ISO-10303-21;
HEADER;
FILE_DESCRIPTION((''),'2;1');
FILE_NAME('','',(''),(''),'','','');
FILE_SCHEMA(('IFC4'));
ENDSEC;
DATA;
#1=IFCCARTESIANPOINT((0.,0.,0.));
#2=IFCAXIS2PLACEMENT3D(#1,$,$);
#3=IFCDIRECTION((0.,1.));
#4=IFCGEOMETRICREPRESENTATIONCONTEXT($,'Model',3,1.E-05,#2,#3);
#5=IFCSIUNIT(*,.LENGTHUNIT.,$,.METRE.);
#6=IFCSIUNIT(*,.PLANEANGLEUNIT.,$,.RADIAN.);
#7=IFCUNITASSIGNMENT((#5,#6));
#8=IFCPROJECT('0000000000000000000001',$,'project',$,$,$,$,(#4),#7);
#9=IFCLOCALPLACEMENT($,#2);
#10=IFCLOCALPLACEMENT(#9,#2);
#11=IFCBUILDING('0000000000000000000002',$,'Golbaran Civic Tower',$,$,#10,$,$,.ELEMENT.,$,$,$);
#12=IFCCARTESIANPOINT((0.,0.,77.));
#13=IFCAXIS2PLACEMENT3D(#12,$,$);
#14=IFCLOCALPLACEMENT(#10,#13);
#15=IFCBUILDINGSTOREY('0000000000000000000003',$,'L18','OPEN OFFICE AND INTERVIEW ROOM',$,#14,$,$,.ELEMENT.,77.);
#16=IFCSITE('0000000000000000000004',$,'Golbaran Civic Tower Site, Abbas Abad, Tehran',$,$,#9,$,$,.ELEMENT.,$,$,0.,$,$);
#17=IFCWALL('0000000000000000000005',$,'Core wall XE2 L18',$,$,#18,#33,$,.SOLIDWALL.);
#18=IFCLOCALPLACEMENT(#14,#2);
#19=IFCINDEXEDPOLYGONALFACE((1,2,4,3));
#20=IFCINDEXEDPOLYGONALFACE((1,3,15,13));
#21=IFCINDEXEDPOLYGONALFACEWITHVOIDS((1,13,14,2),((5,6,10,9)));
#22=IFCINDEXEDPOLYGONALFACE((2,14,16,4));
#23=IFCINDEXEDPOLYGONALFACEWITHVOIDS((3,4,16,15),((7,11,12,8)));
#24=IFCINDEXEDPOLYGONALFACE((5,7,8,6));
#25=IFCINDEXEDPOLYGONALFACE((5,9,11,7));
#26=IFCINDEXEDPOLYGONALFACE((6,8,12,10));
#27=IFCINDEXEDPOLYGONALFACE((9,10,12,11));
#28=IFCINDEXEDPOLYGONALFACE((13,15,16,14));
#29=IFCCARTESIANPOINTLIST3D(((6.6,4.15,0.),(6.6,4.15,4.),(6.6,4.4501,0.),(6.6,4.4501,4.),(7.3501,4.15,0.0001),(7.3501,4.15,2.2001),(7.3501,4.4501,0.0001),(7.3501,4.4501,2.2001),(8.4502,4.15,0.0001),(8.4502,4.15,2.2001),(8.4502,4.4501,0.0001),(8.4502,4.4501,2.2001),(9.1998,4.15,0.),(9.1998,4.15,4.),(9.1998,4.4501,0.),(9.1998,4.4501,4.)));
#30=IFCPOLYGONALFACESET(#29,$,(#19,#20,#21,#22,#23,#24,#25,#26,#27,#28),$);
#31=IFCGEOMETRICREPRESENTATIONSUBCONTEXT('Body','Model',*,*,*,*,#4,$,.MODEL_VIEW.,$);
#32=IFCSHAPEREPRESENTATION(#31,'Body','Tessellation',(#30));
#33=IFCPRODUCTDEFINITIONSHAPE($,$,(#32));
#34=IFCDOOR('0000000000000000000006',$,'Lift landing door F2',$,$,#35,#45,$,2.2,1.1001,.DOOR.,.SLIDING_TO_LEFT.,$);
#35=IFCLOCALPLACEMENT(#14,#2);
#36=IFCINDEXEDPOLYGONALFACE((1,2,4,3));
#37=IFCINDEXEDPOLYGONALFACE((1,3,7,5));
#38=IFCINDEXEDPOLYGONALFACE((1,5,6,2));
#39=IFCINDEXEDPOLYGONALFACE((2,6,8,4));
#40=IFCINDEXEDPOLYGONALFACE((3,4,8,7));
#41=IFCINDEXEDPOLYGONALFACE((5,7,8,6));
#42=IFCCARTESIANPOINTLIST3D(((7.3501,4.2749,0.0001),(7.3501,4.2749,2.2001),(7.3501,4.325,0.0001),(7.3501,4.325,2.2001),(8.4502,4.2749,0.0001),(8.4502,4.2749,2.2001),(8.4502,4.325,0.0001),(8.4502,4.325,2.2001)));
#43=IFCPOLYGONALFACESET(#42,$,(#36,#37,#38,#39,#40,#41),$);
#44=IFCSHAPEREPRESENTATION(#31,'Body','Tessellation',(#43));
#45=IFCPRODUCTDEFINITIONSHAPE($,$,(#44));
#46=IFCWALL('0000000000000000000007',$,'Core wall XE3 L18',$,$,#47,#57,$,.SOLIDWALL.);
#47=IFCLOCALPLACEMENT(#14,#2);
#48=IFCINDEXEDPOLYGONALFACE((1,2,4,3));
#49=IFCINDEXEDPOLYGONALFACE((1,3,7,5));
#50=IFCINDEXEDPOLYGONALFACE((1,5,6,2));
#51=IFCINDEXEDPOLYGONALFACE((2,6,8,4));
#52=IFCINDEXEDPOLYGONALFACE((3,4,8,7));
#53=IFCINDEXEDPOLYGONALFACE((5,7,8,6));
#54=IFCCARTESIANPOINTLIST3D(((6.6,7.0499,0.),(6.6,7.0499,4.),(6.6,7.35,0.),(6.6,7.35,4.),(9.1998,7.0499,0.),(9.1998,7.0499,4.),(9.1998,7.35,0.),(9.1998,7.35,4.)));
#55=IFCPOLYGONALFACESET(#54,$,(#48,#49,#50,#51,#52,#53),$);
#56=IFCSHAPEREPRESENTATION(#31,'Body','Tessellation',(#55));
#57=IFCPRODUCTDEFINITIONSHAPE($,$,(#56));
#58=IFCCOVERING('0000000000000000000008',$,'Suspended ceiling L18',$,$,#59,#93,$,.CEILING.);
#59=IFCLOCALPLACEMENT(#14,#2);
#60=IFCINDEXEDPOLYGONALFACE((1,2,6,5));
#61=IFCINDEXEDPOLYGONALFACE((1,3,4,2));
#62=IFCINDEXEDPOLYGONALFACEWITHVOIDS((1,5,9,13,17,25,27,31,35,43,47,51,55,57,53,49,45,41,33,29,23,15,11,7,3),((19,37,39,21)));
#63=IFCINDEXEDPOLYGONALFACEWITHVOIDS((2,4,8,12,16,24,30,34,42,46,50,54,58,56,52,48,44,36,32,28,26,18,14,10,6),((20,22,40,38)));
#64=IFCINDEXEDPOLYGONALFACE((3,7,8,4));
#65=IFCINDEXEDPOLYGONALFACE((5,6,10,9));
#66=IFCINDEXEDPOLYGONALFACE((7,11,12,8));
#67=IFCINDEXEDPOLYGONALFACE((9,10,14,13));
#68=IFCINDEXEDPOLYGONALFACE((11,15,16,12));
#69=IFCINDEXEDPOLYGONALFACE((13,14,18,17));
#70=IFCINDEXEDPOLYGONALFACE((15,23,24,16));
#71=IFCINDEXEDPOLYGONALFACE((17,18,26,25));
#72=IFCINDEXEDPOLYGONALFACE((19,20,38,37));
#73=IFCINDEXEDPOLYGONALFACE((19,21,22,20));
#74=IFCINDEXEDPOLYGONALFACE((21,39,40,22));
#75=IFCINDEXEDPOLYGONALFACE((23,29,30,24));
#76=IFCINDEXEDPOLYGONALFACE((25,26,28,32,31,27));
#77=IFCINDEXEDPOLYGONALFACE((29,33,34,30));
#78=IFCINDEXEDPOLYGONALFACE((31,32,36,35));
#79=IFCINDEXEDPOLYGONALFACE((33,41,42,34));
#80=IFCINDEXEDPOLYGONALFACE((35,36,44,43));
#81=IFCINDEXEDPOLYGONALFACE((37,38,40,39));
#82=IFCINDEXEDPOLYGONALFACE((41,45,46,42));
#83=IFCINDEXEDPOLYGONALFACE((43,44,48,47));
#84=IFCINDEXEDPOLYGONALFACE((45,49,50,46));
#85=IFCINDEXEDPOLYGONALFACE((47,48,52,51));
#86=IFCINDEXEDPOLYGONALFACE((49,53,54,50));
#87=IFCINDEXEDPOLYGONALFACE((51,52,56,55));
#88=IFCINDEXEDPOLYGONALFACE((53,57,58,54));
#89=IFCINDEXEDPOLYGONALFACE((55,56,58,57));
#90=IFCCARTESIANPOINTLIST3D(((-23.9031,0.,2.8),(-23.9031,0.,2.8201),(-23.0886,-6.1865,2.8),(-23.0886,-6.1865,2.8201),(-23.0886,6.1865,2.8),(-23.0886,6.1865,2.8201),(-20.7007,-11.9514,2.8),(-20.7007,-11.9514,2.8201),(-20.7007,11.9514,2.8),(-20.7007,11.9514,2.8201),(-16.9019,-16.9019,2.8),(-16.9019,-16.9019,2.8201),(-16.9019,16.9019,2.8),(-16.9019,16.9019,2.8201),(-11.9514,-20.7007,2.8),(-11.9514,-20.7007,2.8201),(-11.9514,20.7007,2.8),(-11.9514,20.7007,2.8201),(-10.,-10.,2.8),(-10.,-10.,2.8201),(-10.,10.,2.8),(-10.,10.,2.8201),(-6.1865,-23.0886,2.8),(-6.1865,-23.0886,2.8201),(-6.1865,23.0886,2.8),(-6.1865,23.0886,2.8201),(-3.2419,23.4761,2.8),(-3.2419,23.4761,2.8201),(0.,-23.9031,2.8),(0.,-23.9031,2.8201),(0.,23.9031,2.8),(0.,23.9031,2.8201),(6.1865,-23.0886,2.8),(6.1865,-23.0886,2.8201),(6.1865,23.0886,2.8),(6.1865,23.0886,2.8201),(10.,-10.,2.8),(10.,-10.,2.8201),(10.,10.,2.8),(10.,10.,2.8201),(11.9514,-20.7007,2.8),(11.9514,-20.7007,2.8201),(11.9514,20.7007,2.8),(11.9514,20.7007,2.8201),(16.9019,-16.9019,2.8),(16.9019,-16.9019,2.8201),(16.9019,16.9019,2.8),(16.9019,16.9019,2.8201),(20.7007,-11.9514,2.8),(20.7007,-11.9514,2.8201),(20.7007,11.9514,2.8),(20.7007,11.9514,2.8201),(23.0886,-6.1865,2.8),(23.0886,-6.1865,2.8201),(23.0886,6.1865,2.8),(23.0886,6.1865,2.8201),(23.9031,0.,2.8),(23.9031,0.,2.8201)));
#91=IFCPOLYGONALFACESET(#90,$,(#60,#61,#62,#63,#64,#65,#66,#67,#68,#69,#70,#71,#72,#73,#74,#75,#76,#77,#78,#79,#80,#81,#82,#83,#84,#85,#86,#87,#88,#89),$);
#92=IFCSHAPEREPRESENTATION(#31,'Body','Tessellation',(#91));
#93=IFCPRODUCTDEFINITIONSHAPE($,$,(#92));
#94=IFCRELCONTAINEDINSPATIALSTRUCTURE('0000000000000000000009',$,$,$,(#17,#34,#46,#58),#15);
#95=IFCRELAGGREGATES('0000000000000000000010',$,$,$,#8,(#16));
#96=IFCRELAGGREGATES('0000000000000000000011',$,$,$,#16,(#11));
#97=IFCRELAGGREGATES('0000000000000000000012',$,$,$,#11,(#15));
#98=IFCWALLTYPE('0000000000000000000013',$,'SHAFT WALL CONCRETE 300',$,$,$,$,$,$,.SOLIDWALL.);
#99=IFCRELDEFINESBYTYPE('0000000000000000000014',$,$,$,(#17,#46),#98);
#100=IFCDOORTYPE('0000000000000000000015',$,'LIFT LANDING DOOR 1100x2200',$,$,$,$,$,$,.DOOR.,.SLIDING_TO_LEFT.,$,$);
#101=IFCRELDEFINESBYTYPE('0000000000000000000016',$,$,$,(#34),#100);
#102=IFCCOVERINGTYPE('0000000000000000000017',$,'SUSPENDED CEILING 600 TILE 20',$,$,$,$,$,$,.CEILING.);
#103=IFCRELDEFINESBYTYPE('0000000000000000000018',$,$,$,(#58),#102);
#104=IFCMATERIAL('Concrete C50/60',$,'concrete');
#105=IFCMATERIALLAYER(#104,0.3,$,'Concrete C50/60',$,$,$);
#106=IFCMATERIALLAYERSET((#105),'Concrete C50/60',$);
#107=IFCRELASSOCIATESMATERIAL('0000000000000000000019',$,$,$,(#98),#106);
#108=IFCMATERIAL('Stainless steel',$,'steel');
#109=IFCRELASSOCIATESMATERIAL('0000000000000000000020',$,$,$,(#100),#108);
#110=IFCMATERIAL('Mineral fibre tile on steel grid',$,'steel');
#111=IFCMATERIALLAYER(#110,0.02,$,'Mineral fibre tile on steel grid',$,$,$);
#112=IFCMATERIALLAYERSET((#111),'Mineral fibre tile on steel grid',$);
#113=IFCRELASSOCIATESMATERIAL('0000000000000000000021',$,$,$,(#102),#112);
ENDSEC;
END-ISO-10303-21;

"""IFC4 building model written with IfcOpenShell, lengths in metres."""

from ifc_helpers import new_model, si_unit, direction, frame, frame_2d, origin, place, context, subcontext, project, spatial, polyline, rectangle, outline, extrude, material, layer, layer_set, type_object, element, fill, save


model = new_model("IFC4")

# Units and contexts
model_context = context("Model", 3, precision=1e-05, world=origin(), true_north=direction((0.0, 1.0)))
body_context = subcontext(model_context, "Body", "Model", "MODEL_VIEW")
ifc_project = project(units=[si_unit("LENGTHUNIT", "METRE"), si_unit("PLANEANGLEUNIT", "RADIAN")], contexts=[model_context])

# Site, building, storey
site_placement = place(None, origin())
site = spatial("IfcSite", under=ifc_project, at=site_placement, Name="Golbaran Civic Tower Site, Abbas Abad, Tehran", CompositionType="ELEMENT", RefElevation=0.0)
building_placement = place(site_placement, origin())
building = spatial("IfcBuilding", under=site, at=building_placement, Name="Golbaran Civic Tower", CompositionType="ELEMENT")
storey_placement = place(building_placement, frame((0.0, 0.0, 77.0)))
storey = spatial("IfcBuildingStorey", under=building, at=storey_placement, Name="L18", Description="OPEN OFFICE AND INTERVIEW ROOM", CompositionType="ELEMENT", Elevation=77.0)

# Shared definitions
ifc_material_1 = material(Name="Concrete C50/60", Category="concrete")
ifc_layer_1 = layer(ifc_material_1, 0.3, Name="Concrete C50/60")
ifc_layer_set_1 = layer_set([ifc_layer_1], Name="Concrete C50/60")
wall_type_1 = type_object("IfcWallType", Name="SHAFT WALL CONCRETE 300", PredefinedType="SOLIDWALL", material=ifc_layer_set_1)
ifc_material_2 = material(Name="Stainless steel", Category="steel")
door_type_1 = type_object("IfcDoorType", Name="LIFT LANDING DOOR 1100x2200", OperationType="SLIDING_TO_LEFT", PredefinedType="DOOR", material=ifc_material_2)

# Wall, opening, door
wall_1_placement = place(storey_placement, frame((6.6001, 4.3, 0.0), z_axis=(0.0, 0.0, 1.0), x_axis=(1.0, 0.0, 0.0)))
wall_1 = element("IfcWall", 1, at=wall_1_placement, inside=storey, type_object=wall_type_1, Name="Core wall XE2 L18", PredefinedType="SOLIDWALL", context=body_context, shape_type="SweptSolid", body=[
    extrude(rectangle(XDim=2.5999, YDim=0.3, at=frame_2d((1.2998, 0.0))), origin(), (0.0, 0.0, 1.0), 4.0),
])
opening_1_placement = place(wall_1_placement, frame((0.75, 0.0, 0.0)))
opening_1 = element("IfcOpeningElement", 2, at=opening_1_placement, cuts=wall_1, PredefinedType="OPENING", context=body_context, shape_type="SweptSolid", body=[
    extrude(rectangle(XDim=1.1001, YDim=2.2, at=frame_2d((0.55, 1.1001))), frame((0.0, 0.1599, 0.0), z_axis=(0.0, -1.0, 0.0), x_axis=(1.0, 0.0, 0.0)), (0.0, 0.0, 1.0), 0.3201),
])
door_1_placement = place(opening_1_placement, origin())
door_1 = element("IfcDoor", 3, at=door_1_placement, inside=storey, type_object=door_type_1, Name="Lift landing door F2", OperationType="SLIDING_TO_LEFT", OverallHeight=2.2, OverallWidth=1.1001, PredefinedType="DOOR", context=body_context, shape_type="SweptSolid", body=[
    extrude(rectangle(XDim=1.1001, YDim=2.2, at=frame_2d((0.55, 1.1001))), frame((0.0, 0.0249, 0.0), z_axis=(0.0, -1.0, 0.0), x_axis=(1.0, 0.0, 0.0)), (0.0, 0.0, 1.0), 0.05),
])
fill(opening_1, door_1)

# Wall
wall_2_placement = place(storey_placement, frame((6.6001, 7.2, 0.0), z_axis=(0.0, 0.0, 1.0), x_axis=(1.0, 0.0, 0.0)))
element("IfcWall", 4, at=wall_2_placement, inside=storey, type_object=wall_type_1, Name="Core wall XE3 L18", PredefinedType="SOLIDWALL", context=body_context, shape_type="SweptSolid", body=[
    extrude(rectangle(XDim=2.5999, YDim=0.3, at=frame_2d((1.2998, 0.0))), origin(), (0.0, 0.0, 1.0), 4.0),
])

# Covering
ifc_material_3 = material(Name="Mineral fibre tile on steel grid", Category="steel")
ifc_layer_2 = layer(ifc_material_3, 0.02, Name="Mineral fibre tile on steel grid")
ifc_layer_set_2 = layer_set([ifc_layer_2], Name="Mineral fibre tile on steel grid")
covering_type = type_object("IfcCoveringType", Name="SUSPENDED CEILING 600 TILE 20", PredefinedType="CEILING", material=ifc_layer_set_2)
covering_placement = place(storey_placement, frame((0.0, 0.0, 2.8)))
element("IfcCovering", 5, at=covering_placement, inside=storey, type_object=covering_type, Name="Suspended ceiling L18", PredefinedType="CEILING", context=body_context, shape_type="SweptSolid", body=[
    extrude(outline(polyline([(-20.7007, 11.9514), (-16.9019, 16.9019), (-11.9514, 20.7007), (-6.1865, 23.0886), (-3.2419, 23.4761), (0.0, 23.9031), (6.1865, 23.0886), (11.9514, 20.7007), (16.9019, 16.9019), (20.7007, 11.9514), (23.0886, 6.1865), (23.9031, 0.0), (23.0886, -6.1865), (20.7007, -11.9514), (16.9019, -16.9019), (11.9514, -20.7007), (6.1865, -23.0886), (0.0, -23.9031), (-6.1865, -23.0886), (-11.9514, -20.7007), (-16.9019, -16.9019), (-20.7007, -11.9514), (-23.0886, -6.1865), (-23.9031, 0.0), (-23.0886, 6.1865), (-20.7007, 11.9514)]), holes=[polyline([(-10.0, -10.0), (10.0, -10.0), (10.0, 10.0), (-10.0, 10.0), (-10.0, -10.0)])]), origin(), (0.0, 0.0, 1.0), 0.02),
])

save(model, "model.ifc")
